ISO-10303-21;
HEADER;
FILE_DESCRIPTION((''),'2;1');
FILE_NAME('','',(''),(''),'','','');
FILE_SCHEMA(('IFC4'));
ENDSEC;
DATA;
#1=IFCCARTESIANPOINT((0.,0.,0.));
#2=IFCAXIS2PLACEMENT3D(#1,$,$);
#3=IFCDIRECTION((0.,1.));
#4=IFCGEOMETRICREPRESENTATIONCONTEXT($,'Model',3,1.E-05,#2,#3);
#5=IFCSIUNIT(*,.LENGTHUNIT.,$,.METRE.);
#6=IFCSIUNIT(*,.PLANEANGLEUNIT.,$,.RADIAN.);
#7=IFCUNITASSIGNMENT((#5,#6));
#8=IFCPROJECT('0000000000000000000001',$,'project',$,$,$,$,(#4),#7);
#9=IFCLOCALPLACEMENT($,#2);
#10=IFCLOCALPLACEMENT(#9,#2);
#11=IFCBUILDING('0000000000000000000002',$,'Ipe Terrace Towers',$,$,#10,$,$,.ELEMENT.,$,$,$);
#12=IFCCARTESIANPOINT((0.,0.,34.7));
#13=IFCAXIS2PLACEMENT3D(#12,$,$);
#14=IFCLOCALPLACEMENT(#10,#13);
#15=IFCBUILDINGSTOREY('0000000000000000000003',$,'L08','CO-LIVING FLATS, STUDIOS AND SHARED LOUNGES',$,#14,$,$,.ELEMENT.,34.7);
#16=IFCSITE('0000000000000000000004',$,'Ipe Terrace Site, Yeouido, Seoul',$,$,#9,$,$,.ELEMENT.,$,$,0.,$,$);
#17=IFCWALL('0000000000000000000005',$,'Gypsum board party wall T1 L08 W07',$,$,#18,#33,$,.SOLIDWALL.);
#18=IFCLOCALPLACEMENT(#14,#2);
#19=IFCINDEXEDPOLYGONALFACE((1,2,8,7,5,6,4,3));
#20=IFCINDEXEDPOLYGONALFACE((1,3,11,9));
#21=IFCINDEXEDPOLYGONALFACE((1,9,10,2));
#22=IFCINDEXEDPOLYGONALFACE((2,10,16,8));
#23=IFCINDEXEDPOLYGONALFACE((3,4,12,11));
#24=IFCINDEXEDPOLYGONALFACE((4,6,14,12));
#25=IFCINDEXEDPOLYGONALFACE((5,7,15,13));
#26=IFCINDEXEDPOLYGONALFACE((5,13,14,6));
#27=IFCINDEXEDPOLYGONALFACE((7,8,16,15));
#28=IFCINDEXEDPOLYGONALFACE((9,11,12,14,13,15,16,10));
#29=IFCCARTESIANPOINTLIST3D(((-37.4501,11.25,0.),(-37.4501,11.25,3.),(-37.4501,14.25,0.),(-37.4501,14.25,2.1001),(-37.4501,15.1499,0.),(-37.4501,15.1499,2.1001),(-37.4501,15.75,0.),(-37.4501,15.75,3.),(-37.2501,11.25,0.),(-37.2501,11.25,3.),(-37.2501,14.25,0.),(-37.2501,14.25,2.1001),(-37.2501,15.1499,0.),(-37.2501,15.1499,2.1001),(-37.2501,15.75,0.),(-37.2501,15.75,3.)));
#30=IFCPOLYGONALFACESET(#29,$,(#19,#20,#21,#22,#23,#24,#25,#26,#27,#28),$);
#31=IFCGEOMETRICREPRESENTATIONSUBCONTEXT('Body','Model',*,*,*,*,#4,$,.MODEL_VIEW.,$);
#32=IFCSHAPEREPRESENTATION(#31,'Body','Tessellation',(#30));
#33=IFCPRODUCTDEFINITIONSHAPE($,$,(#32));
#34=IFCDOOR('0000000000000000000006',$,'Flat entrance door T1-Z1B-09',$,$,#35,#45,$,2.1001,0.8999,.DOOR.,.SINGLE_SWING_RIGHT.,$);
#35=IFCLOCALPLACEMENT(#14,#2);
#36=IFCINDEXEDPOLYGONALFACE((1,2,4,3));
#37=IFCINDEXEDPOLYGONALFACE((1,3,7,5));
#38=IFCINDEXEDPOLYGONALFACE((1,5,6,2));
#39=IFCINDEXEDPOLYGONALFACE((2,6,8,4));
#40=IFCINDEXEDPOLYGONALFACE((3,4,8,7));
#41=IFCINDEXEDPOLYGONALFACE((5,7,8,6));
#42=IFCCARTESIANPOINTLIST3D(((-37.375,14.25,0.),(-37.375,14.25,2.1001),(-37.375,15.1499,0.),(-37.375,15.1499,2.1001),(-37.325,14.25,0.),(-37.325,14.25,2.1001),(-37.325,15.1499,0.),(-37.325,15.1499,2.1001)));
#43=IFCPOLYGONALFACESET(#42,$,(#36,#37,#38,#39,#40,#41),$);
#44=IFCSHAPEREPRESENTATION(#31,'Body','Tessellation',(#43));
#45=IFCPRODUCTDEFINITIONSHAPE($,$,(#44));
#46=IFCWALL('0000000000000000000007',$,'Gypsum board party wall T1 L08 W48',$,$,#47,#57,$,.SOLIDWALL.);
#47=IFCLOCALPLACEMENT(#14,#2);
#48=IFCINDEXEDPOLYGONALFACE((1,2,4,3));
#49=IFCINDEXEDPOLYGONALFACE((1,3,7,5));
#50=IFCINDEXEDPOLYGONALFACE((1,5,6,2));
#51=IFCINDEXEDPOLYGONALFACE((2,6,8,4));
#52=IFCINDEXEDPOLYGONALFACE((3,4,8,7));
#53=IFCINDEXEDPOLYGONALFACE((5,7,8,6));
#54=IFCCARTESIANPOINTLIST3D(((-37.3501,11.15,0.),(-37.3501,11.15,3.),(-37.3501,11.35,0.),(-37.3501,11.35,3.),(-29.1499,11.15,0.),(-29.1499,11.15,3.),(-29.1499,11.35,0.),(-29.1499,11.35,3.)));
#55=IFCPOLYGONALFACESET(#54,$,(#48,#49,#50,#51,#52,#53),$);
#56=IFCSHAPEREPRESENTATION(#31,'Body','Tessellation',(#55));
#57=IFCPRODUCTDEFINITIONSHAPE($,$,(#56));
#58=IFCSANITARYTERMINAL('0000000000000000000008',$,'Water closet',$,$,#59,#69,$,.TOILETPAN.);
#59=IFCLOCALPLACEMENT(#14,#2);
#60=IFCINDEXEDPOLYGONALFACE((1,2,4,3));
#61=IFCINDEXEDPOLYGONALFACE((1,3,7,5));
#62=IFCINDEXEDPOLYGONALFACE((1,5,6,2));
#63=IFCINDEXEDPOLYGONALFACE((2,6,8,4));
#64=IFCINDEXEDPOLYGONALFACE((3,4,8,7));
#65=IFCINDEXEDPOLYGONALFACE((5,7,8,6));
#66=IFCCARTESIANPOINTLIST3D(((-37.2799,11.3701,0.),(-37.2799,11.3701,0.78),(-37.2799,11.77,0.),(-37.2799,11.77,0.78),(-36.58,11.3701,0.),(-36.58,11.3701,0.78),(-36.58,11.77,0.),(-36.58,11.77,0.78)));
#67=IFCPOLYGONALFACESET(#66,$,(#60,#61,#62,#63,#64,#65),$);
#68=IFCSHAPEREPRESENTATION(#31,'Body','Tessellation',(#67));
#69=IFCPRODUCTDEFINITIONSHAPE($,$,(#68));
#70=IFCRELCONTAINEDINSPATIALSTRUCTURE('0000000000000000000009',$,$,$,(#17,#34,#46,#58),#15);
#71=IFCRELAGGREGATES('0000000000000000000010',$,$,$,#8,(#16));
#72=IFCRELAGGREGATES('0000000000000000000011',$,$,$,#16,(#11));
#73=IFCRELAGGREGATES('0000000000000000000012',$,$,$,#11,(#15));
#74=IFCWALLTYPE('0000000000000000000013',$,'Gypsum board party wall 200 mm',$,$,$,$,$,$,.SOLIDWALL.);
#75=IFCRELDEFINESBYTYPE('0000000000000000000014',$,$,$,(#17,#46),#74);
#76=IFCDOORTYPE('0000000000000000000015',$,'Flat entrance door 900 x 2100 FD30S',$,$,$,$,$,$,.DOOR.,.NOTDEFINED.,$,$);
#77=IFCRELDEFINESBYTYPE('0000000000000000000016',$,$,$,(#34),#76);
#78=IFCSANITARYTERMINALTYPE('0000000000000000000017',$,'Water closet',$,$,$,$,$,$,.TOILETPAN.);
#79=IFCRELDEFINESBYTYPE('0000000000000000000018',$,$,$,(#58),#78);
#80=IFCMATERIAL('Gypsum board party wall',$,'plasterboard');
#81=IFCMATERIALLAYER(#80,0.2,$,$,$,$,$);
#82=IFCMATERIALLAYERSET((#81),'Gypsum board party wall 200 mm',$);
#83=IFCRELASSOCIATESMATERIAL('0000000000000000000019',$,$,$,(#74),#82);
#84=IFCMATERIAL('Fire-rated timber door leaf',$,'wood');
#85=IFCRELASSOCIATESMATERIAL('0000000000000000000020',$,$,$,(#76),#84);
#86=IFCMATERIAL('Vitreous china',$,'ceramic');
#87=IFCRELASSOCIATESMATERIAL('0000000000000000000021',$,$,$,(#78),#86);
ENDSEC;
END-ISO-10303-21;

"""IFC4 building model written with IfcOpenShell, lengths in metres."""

from ifc_helpers import new_model, si_unit, direction, frame, frame_2d, origin, origin_2d, place, context, subcontext, project, spatial, rectangle, extrude, material, layer, layer_set, type_object, element, fill, save


model = new_model("IFC4")

# Units and contexts
model_context = context("Model", 3, precision=1e-05, world=origin(), true_north=direction((0.0, 1.0)))
body_context = subcontext(model_context, "Body", "Model", "MODEL_VIEW")
ifc_project = project(units=[si_unit("LENGTHUNIT", "METRE"), si_unit("PLANEANGLEUNIT", "RADIAN")], contexts=[model_context])

# Site, building, storey
site_placement = place(None, origin())
site = spatial("IfcSite", under=ifc_project, at=site_placement, Name="Ipe Terrace Site, Yeouido, Seoul", CompositionType="ELEMENT", RefElevation=0.0)
building_placement = place(site_placement, origin())
building = spatial("IfcBuilding", under=site, at=building_placement, Name="Ipe Terrace Towers", CompositionType="ELEMENT")
storey_placement = place(building_placement, frame((0.0, 0.0, 34.7)))
storey = spatial("IfcBuildingStorey", under=building, at=storey_placement, Name="L08", Description="CO-LIVING FLATS, STUDIOS AND SHARED LOUNGES", CompositionType="ELEMENT", Elevation=34.7)

# Wall, opening, door
ifc_material_1 = material(Name="Gypsum board party wall", Category="plasterboard")
ifc_layer_1 = layer(ifc_material_1, 0.2)
ifc_layer_set_1 = layer_set([ifc_layer_1], Name="Gypsum board party wall 200 mm")
wall_type_1 = type_object("IfcWallType", Name="Gypsum board party wall 200 mm", PredefinedType="SOLIDWALL", material=ifc_layer_set_1)
wall_1_placement = place(storey_placement, frame((-37.3501, 11.25, 0.0), z_axis=(0.0, 0.0, 1.0), x_axis=(0.0, 1.0, 0.0)))
wall_1 = element("IfcWall", 1, at=wall_1_placement, inside=storey, type_object=wall_type_1, Name="Gypsum board party wall T1 L08 W07", PredefinedType="SOLIDWALL", context=body_context, shape_type="SweptSolid", body=[
    extrude(rectangle(XDim=4.5, YDim=0.2, at=frame_2d((2.25, 0.0))), origin(), (0.0, 0.0, 1.0), 3.0),
])
opening_1_placement = place(wall_1_placement, frame((3.0, 0.0, 0.0)))
opening_1 = element("IfcOpeningElement", 2, at=opening_1_placement, cuts=wall_1, PredefinedType="OPENING", context=body_context, shape_type="SweptSolid", body=[
    extrude(rectangle(XDim=0.8999, YDim=2.1001, at=frame_2d((0.45, 1.05))), frame((0.0, 0.1099, 0.0), z_axis=(0.0, -1.0, 0.0), x_axis=(1.0, 0.0, 0.0)), (0.0, 0.0, 1.0), 0.22),
])
ifc_material_2 = material(Name="Fire-rated timber door leaf", Category="wood")
door_type_1 = type_object("IfcDoorType", Name="Flat entrance door 900 x 2100 FD30S", OperationType="NOTDEFINED", PredefinedType="DOOR", material=ifc_material_2)
door_1_placement = place(opening_1_placement, origin())
door_1 = element("IfcDoor", 3, at=door_1_placement, inside=storey, type_object=door_type_1, Name="Flat entrance door T1-Z1B-09", OperationType="SINGLE_SWING_RIGHT", OverallHeight=2.1001, OverallWidth=0.8999, PredefinedType="DOOR", context=body_context, shape_type="SweptSolid", body=[
    extrude(rectangle(XDim=0.8999, YDim=2.1001, at=frame_2d((0.45, 1.05))), frame((0.0, 0.0249, 0.0), z_axis=(0.0, -1.0, 0.0), x_axis=(1.0, 0.0, 0.0)), (0.0, 0.0, 1.0), 0.05),
])
fill(opening_1, door_1)

# Wall
wall_2_placement = place(storey_placement, frame((-37.3501, 11.25, 0.0), z_axis=(0.0, 0.0, 1.0), x_axis=(1.0, 0.0, 0.0)))
element("IfcWall", 4, at=wall_2_placement, inside=storey, type_object=wall_type_1, Name="Gypsum board party wall T1 L08 W48", PredefinedType="SOLIDWALL", context=body_context, shape_type="SweptSolid", body=[
    extrude(rectangle(XDim=8.2002, YDim=0.2, at=frame_2d((4.1001, 0.0))), origin(), (0.0, 0.0, 1.0), 3.0),
])

# Sanitary terminal
ifc_material_3 = material(Name="Vitreous china", Category="ceramic")
sanitary_terminal_type = type_object("IfcSanitaryTerminalType", Name="Water closet", PredefinedType="TOILETPAN", material=ifc_material_3)
sanitary_terminal_placement = place(storey_placement, frame((-36.9299, 11.5701, 0.0), z_axis=(0.0, 0.0, 1.0), x_axis=(1.0, 0.0, 0.0)))
element("IfcSanitaryTerminal", 5, at=sanitary_terminal_placement, inside=storey, type_object=sanitary_terminal_type, Name="Water closet", PredefinedType="TOILETPAN", context=body_context, shape_type="SweptSolid", body=[
    extrude(rectangle(XDim=0.7, YDim=0.3999, at=origin_2d()), origin(), (0.0, 0.0, 1.0), 0.78),
])

save(model, "model.ifc")
